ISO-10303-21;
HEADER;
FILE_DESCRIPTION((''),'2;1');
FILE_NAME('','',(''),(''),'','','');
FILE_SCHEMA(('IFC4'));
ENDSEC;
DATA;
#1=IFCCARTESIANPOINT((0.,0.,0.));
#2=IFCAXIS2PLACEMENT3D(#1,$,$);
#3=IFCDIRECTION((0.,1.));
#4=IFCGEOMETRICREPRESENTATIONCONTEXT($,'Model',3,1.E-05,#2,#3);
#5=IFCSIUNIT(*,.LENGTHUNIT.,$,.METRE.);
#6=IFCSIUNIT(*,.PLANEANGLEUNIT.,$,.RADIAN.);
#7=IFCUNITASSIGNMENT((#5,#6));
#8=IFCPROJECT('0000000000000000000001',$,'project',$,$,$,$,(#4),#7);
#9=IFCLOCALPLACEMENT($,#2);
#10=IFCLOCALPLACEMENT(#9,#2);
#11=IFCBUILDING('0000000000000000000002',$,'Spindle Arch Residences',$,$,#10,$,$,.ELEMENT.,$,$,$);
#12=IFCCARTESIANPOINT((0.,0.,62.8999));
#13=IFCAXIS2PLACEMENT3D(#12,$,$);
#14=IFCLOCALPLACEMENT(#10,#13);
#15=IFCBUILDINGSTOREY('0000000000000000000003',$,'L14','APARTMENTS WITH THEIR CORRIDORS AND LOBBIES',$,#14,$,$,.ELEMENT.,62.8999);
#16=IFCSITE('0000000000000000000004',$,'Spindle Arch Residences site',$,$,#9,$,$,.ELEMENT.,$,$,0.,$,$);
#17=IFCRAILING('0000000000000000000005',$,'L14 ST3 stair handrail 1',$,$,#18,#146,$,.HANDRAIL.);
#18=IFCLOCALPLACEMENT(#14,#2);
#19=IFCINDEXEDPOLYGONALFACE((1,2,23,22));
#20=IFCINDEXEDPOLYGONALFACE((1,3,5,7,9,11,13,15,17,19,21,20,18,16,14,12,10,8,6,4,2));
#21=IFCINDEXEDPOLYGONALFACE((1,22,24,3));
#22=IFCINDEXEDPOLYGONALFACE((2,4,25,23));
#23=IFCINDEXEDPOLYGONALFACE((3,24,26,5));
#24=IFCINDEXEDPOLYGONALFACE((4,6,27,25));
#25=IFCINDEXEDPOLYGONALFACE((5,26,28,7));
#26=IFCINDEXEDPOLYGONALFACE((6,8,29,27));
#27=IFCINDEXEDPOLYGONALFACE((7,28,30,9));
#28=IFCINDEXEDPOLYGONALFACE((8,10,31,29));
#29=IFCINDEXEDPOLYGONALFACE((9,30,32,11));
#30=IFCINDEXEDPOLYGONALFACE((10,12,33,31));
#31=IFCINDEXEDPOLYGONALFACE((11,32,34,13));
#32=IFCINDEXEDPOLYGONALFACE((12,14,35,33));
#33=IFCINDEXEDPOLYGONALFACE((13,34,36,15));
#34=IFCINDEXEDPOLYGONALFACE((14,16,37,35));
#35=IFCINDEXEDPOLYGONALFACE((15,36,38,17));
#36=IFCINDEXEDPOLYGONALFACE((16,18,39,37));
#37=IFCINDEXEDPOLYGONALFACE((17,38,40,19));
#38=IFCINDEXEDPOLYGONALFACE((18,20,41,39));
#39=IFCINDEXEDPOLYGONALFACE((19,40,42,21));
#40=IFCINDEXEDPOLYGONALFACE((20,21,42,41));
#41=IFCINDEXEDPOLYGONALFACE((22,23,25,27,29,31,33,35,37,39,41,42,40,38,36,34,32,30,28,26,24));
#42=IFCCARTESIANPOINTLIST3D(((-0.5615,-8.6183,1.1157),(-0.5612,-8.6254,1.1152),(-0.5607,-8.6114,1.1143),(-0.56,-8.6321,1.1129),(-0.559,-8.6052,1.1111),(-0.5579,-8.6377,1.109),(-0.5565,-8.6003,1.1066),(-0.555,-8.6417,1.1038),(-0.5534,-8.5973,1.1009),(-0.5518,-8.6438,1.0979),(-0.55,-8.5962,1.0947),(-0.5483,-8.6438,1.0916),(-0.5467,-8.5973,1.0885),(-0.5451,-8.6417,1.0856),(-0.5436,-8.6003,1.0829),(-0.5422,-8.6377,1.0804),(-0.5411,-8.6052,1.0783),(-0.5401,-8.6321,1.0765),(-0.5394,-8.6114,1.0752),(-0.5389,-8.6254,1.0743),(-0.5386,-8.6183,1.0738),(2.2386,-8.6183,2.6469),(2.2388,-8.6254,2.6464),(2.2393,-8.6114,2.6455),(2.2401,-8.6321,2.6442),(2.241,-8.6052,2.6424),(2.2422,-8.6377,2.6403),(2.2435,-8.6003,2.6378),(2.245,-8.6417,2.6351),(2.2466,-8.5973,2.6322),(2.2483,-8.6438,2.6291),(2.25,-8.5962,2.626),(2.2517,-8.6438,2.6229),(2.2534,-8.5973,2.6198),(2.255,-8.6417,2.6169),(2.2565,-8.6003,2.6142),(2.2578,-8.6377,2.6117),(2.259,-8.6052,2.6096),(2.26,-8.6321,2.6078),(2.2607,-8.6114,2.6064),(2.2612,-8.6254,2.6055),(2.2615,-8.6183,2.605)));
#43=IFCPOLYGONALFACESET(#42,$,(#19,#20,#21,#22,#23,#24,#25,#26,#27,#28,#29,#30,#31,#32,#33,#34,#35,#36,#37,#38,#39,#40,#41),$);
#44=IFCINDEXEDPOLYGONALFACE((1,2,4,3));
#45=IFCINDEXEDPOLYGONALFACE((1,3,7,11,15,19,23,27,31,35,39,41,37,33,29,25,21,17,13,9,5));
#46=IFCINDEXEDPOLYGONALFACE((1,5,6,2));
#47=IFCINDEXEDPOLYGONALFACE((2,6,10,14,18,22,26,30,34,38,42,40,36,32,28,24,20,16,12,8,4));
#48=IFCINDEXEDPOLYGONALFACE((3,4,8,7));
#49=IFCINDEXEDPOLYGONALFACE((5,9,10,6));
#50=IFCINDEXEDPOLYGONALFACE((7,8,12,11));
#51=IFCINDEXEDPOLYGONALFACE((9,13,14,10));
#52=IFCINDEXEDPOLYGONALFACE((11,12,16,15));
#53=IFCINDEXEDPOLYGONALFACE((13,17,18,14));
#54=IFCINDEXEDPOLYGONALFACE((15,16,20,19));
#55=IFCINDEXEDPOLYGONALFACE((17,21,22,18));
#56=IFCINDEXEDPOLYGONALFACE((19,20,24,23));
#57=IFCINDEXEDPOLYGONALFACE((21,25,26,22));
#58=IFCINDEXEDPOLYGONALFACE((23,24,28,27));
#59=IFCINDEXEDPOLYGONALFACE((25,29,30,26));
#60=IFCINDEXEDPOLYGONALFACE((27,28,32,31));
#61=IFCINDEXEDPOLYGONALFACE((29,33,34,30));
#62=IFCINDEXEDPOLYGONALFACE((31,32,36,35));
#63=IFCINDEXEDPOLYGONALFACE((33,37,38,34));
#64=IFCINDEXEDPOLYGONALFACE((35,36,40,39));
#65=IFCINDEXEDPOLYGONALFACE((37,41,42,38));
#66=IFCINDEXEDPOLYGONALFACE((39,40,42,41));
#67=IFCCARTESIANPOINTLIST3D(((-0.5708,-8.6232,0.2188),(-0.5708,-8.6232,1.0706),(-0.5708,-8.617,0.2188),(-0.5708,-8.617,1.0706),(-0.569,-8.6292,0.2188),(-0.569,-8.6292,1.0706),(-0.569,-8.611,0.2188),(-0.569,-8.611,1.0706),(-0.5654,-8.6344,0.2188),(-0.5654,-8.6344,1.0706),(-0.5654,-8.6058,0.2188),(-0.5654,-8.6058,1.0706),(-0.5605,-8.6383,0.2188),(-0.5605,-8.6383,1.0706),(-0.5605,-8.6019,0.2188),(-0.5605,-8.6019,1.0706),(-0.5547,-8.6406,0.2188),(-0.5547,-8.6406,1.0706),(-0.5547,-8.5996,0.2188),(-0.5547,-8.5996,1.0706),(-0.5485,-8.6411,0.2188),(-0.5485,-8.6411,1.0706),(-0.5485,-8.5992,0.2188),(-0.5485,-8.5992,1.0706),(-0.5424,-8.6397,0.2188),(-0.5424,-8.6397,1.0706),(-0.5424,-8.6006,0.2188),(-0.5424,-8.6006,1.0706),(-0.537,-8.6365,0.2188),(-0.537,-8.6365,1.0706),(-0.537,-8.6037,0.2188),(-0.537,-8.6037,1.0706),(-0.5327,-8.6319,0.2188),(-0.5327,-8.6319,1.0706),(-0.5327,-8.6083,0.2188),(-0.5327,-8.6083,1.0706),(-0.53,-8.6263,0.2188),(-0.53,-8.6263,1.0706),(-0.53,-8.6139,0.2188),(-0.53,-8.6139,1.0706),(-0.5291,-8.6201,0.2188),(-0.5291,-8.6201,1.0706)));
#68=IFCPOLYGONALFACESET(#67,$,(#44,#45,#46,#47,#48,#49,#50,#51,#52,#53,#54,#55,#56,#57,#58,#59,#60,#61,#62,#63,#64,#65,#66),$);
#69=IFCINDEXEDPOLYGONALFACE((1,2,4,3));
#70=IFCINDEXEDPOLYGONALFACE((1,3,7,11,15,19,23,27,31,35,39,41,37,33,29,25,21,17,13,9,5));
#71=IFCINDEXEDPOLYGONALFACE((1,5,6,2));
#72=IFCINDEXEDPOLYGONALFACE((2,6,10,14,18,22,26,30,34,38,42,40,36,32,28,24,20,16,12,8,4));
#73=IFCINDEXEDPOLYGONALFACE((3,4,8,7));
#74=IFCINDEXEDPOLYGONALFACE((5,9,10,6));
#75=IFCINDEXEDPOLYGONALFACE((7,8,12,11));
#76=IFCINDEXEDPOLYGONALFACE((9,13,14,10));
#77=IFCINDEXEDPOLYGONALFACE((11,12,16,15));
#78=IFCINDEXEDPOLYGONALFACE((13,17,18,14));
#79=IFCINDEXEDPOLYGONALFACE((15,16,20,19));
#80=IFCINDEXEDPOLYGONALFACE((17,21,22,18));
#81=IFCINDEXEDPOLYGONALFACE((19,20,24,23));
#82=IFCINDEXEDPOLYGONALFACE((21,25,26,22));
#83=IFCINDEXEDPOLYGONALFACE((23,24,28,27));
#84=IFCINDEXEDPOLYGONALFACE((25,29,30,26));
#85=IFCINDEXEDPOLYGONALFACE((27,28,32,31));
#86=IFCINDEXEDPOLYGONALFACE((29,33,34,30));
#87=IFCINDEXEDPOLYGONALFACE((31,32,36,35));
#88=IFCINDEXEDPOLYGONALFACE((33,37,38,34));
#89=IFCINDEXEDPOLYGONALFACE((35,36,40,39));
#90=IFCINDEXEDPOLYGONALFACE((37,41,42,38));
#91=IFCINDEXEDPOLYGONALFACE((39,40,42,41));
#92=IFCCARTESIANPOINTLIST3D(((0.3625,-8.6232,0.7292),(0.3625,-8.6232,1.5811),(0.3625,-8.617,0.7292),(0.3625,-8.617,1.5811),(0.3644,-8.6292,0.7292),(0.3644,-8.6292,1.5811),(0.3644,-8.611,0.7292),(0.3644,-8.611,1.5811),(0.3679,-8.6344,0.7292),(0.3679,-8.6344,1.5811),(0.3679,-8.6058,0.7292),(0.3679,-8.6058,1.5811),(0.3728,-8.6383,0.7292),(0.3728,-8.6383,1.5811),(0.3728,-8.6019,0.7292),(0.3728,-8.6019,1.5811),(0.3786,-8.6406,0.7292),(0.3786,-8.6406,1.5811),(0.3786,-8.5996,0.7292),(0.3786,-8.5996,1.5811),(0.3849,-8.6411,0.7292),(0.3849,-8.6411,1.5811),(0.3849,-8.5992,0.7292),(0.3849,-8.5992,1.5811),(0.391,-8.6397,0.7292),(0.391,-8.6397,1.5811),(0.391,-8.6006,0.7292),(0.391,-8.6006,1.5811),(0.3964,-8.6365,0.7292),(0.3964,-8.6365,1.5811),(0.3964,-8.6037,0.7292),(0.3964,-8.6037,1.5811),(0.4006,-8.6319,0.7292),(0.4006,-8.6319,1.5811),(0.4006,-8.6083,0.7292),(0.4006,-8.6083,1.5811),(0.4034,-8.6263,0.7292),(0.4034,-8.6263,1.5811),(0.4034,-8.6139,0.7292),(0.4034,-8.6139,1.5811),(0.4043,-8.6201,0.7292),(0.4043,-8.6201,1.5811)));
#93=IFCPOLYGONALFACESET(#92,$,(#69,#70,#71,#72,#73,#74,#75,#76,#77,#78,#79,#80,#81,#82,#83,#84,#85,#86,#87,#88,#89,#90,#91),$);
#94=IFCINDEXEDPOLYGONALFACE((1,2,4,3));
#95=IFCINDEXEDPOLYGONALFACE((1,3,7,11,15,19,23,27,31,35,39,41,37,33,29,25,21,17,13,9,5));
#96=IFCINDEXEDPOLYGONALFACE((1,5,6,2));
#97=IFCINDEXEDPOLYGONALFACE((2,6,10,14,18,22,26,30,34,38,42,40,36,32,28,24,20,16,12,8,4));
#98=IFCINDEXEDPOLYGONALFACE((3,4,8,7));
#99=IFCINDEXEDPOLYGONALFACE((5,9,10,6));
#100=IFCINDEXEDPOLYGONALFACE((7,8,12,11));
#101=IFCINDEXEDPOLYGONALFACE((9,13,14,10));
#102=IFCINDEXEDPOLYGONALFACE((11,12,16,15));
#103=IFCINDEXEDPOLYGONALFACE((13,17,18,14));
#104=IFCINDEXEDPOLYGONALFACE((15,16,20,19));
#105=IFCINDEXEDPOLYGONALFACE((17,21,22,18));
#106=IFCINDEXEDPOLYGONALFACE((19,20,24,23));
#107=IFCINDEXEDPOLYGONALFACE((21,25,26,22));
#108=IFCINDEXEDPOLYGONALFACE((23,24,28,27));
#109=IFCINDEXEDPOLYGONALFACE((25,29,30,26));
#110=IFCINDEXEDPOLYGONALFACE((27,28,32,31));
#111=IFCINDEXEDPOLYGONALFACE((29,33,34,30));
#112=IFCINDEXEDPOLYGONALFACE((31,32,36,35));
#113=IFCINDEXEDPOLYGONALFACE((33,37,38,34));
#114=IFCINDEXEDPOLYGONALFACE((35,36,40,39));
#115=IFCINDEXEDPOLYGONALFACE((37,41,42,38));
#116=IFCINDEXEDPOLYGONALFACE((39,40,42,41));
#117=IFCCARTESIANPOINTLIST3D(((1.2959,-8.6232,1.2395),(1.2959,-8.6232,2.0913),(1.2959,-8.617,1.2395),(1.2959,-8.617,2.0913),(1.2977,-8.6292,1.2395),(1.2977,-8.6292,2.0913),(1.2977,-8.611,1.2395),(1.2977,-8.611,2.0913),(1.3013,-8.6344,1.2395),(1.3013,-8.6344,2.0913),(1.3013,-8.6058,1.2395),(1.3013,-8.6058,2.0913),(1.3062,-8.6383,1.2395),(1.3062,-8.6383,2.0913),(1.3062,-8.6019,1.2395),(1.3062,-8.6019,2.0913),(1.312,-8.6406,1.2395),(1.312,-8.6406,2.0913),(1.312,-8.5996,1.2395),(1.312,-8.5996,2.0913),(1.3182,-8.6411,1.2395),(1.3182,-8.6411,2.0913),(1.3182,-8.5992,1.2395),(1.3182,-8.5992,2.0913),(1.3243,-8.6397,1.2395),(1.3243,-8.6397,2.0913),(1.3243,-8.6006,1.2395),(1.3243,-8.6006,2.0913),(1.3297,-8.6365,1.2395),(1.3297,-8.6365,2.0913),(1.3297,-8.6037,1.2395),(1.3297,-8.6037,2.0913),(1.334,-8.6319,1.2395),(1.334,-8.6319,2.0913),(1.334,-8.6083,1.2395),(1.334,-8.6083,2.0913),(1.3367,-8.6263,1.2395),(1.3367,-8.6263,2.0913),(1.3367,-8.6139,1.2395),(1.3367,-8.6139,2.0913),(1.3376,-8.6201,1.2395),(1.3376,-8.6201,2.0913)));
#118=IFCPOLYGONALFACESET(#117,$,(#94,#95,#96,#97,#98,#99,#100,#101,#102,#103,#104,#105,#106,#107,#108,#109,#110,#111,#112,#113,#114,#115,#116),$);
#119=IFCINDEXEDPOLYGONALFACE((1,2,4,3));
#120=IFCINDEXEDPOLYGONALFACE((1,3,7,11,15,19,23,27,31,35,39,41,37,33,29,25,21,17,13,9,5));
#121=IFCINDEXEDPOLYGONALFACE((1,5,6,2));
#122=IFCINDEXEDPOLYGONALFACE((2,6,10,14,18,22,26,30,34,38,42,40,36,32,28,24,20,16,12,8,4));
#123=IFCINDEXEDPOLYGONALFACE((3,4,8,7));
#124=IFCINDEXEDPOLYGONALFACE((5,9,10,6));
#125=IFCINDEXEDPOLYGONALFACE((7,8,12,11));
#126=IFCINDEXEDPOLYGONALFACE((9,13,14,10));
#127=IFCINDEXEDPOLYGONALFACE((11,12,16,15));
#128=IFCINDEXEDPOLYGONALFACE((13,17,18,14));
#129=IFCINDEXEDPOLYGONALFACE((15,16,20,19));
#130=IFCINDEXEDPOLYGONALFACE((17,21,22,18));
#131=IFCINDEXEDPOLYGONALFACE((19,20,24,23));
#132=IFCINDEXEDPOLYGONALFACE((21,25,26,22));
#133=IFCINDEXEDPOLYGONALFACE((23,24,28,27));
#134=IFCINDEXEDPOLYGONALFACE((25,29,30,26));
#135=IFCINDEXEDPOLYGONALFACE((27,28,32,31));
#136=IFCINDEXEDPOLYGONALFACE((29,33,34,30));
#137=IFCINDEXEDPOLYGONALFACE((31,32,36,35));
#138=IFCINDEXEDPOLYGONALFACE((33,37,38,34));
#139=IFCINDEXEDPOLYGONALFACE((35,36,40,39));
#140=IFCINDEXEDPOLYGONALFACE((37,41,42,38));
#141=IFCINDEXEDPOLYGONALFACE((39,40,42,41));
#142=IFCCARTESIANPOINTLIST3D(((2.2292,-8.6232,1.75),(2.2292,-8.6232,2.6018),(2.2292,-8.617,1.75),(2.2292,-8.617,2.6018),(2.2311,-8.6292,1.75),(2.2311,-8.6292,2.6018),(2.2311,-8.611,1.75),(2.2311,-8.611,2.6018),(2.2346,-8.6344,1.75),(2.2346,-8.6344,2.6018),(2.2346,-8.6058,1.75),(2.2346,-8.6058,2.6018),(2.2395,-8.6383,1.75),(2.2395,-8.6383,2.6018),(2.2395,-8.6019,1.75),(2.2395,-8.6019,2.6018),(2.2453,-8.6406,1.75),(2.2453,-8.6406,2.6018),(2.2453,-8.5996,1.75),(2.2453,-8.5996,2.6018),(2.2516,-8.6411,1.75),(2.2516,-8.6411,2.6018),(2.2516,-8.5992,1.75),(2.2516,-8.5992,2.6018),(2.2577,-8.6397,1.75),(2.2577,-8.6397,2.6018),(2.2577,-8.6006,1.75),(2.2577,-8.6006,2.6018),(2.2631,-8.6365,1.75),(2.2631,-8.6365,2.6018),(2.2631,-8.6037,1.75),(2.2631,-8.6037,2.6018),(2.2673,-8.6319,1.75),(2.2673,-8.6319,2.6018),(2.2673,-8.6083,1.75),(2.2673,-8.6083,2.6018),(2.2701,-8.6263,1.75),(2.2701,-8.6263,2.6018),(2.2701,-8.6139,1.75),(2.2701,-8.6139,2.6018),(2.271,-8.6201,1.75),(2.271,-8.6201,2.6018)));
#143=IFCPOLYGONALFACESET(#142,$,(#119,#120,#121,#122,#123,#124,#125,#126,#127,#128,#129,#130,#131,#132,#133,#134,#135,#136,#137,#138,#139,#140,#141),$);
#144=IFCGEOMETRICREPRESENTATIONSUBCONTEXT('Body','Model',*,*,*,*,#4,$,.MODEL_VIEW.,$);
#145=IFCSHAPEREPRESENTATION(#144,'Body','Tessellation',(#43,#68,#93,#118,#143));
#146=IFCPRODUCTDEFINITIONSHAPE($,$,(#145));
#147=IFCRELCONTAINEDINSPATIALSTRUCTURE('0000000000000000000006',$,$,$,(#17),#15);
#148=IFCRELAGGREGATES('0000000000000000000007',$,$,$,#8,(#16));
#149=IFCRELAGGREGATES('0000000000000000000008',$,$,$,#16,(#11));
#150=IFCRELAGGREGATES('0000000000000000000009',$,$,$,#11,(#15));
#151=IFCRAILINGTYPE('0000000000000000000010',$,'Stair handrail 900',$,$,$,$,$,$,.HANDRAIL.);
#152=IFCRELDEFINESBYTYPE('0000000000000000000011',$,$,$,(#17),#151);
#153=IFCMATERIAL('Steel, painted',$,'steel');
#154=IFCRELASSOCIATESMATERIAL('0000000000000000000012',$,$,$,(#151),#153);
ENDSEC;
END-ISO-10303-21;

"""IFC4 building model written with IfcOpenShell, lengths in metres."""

from ifc_helpers import new_model, si_unit, direction, frame, origin, origin_2d, place, context, subcontext, project, spatial, circle, extrude, material, type_object, element, save


model = new_model("IFC4")

# Units and contexts
model_context = context("Model", 3, precision=1e-05, world=origin(), true_north=direction((0.0, 1.0)))
body_context = subcontext(model_context, "Body", "Model", "MODEL_VIEW")
ifc_project = project(units=[si_unit("LENGTHUNIT", "METRE"), si_unit("PLANEANGLEUNIT", "RADIAN")], contexts=[model_context])

# Site, building, storey
site_placement = place(None, origin())
site = spatial("IfcSite", under=ifc_project, at=site_placement, Name="Spindle Arch Residences site", CompositionType="ELEMENT", RefElevation=0.0)
building_placement = place(site_placement, origin())
building = spatial("IfcBuilding", under=site, at=building_placement, Name="Spindle Arch Residences", CompositionType="ELEMENT")
storey_placement = place(building_placement, frame((0.0, 0.0, 62.8999)))
storey = spatial("IfcBuildingStorey", under=building, at=storey_placement, Name="L14", Description="APARTMENTS WITH THEIR CORRIDORS AND LOBBIES", CompositionType="ELEMENT", Elevation=62.8999)

# Railing
ifc_material_1 = material(Name="Steel, painted", Category="steel")
railing_type_1 = type_object("IfcRailingType", Name="Stair handrail 900", PredefinedType="HANDRAIL", material=ifc_material_1)
railing_1_placement = place(storey_placement, frame((-0.55, -8.6201, 0.2188)))
element("IfcRailing", 1, at=railing_1_placement, inside=storey, type_object=railing_type_1, Name="L14 ST3 stair handrail 1", PredefinedType="HANDRAIL", context=body_context, shape_type="SweptSolid", body=[
    extrude(circle(Radius=0.0239, at=origin_2d()), frame((0.0, 0.0, 0.876), z_axis=(0.877375, 0.0, 0.479806), x_axis=(0.0, 1.0, 0.0)), (0.0, 0.0, 1.0), 3.1914),
    extrude(circle(Radius=0.021, at=origin_2d()), origin(), (0.0, 0.0, 1.0), 0.8518),
    extrude(circle(Radius=0.021, at=origin_2d()), frame((0.9333, 0.0, 0.5105)), (0.0, 0.0, 1.0), 0.8518),
    extrude(circle(Radius=0.021, at=origin_2d()), frame((1.8667, 0.0, 1.0208)), (0.0, 0.0, 1.0), 0.8518),
    extrude(circle(Radius=0.021, at=origin_2d()), frame((2.8, 0.0, 1.5312)), (0.0, 0.0, 1.0), 0.8518),
])

save(model, "model.ifc")
